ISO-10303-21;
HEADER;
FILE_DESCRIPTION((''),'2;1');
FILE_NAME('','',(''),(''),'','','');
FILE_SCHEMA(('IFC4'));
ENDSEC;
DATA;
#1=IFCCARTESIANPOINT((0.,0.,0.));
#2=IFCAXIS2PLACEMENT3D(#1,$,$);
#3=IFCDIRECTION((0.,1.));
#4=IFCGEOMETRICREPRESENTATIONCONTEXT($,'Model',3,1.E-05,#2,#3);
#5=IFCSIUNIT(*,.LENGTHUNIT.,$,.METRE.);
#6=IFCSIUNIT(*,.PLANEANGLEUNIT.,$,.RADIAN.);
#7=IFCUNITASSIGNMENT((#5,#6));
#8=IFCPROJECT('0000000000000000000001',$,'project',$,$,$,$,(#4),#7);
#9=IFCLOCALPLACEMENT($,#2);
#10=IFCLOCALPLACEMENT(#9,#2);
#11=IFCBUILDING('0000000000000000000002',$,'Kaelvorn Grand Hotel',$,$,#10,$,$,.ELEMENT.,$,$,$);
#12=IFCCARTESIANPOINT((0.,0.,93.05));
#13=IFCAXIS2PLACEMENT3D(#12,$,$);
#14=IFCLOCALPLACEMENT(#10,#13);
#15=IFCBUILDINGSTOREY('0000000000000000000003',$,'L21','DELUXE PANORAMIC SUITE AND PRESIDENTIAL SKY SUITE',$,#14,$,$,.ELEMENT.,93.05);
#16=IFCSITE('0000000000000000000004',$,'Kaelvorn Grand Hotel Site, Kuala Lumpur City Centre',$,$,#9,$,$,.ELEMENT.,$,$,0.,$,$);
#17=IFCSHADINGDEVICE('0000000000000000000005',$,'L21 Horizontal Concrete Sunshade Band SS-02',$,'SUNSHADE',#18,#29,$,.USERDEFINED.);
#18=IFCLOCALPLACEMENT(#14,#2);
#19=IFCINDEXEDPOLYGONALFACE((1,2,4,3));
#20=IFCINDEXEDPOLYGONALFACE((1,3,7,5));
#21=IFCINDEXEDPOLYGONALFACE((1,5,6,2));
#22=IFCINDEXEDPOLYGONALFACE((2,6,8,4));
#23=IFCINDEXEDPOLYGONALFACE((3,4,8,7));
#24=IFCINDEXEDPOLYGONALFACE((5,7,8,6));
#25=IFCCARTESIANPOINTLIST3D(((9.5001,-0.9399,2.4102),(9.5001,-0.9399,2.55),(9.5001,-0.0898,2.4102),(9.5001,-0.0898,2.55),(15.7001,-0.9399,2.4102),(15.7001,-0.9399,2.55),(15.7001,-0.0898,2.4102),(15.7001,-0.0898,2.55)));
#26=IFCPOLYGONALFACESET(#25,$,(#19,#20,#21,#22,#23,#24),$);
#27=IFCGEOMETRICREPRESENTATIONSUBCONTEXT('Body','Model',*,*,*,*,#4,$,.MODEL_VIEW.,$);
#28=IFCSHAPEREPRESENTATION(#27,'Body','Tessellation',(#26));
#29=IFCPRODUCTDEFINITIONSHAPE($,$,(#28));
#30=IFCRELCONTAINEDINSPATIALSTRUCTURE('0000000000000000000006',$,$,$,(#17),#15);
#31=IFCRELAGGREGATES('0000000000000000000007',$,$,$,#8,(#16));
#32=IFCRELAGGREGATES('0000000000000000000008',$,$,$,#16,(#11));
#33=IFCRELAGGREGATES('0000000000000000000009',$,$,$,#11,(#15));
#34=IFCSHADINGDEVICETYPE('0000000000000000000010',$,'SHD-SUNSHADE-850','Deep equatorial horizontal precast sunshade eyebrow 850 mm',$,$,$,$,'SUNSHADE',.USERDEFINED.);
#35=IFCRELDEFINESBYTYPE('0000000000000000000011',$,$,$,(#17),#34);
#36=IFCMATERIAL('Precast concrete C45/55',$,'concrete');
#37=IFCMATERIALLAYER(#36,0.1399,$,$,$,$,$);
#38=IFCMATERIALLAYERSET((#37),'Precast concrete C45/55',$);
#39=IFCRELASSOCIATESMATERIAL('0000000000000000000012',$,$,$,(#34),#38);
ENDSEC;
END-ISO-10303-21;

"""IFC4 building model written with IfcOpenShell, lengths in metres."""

from ifc_helpers import new_model, si_unit, direction, frame, origin, origin_2d, place, context, subcontext, project, spatial, rectangle, extrude, material, layer, layer_set, type_object, element, save


model = new_model("IFC4")

# Units and contexts
model_context = context("Model", 3, precision=1e-05, world=origin(), true_north=direction((0.0, 1.0)))
body_context = subcontext(model_context, "Body", "Model", "MODEL_VIEW")
ifc_project = project(units=[si_unit("LENGTHUNIT", "METRE"), si_unit("PLANEANGLEUNIT", "RADIAN")], contexts=[model_context])

# Site, building, storey
site_placement = place(None, origin())
site = spatial("IfcSite", under=ifc_project, at=site_placement, Name="Kaelvorn Grand Hotel Site, Kuala Lumpur City Centre", CompositionType="ELEMENT", RefElevation=0.0)
building_placement = place(site_placement, origin())
building = spatial("IfcBuilding", under=site, at=building_placement, Name="Kaelvorn Grand Hotel", CompositionType="ELEMENT")
storey_placement = place(building_placement, frame((0.0, 0.0, 93.05)))
storey = spatial("IfcBuildingStorey", under=building, at=storey_placement, Name="L21", Description="DELUXE PANORAMIC SUITE AND PRESIDENTIAL SKY SUITE", CompositionType="ELEMENT", Elevation=93.05)

# Shading device
ifc_material_1 = material(Name="Precast concrete C45/55", Category="concrete")
ifc_layer_1 = layer(ifc_material_1, 0.1399)
ifc_layer_set_1 = layer_set([ifc_layer_1], Name="Precast concrete C45/55")
shading_device_type = type_object("IfcShadingDeviceType", Name="SHD-SUNSHADE-850", Description="Deep equatorial horizontal precast sunshade eyebrow 850 mm", ElementType="SUNSHADE", PredefinedType="USERDEFINED", material=ifc_layer_set_1)
shading_device_placement = place(storey_placement, frame((12.6001, -0.5149, 2.4102), z_axis=(0.0, 0.0, 1.0), x_axis=(1.0, 0.0, 0.0)))
element("IfcShadingDevice", 1, at=shading_device_placement, inside=storey, type_object=shading_device_type, Name="L21 Horizontal Concrete Sunshade Band SS-02", ObjectType="SUNSHADE", PredefinedType="USERDEFINED", context=body_context, shape_type="SweptSolid", body=[
    extrude(rectangle(XDim=6.2, YDim=0.8501, at=origin_2d()), origin(), (0.0, 0.0, 1.0), 0.1399),
])

save(model, "model.ifc")
